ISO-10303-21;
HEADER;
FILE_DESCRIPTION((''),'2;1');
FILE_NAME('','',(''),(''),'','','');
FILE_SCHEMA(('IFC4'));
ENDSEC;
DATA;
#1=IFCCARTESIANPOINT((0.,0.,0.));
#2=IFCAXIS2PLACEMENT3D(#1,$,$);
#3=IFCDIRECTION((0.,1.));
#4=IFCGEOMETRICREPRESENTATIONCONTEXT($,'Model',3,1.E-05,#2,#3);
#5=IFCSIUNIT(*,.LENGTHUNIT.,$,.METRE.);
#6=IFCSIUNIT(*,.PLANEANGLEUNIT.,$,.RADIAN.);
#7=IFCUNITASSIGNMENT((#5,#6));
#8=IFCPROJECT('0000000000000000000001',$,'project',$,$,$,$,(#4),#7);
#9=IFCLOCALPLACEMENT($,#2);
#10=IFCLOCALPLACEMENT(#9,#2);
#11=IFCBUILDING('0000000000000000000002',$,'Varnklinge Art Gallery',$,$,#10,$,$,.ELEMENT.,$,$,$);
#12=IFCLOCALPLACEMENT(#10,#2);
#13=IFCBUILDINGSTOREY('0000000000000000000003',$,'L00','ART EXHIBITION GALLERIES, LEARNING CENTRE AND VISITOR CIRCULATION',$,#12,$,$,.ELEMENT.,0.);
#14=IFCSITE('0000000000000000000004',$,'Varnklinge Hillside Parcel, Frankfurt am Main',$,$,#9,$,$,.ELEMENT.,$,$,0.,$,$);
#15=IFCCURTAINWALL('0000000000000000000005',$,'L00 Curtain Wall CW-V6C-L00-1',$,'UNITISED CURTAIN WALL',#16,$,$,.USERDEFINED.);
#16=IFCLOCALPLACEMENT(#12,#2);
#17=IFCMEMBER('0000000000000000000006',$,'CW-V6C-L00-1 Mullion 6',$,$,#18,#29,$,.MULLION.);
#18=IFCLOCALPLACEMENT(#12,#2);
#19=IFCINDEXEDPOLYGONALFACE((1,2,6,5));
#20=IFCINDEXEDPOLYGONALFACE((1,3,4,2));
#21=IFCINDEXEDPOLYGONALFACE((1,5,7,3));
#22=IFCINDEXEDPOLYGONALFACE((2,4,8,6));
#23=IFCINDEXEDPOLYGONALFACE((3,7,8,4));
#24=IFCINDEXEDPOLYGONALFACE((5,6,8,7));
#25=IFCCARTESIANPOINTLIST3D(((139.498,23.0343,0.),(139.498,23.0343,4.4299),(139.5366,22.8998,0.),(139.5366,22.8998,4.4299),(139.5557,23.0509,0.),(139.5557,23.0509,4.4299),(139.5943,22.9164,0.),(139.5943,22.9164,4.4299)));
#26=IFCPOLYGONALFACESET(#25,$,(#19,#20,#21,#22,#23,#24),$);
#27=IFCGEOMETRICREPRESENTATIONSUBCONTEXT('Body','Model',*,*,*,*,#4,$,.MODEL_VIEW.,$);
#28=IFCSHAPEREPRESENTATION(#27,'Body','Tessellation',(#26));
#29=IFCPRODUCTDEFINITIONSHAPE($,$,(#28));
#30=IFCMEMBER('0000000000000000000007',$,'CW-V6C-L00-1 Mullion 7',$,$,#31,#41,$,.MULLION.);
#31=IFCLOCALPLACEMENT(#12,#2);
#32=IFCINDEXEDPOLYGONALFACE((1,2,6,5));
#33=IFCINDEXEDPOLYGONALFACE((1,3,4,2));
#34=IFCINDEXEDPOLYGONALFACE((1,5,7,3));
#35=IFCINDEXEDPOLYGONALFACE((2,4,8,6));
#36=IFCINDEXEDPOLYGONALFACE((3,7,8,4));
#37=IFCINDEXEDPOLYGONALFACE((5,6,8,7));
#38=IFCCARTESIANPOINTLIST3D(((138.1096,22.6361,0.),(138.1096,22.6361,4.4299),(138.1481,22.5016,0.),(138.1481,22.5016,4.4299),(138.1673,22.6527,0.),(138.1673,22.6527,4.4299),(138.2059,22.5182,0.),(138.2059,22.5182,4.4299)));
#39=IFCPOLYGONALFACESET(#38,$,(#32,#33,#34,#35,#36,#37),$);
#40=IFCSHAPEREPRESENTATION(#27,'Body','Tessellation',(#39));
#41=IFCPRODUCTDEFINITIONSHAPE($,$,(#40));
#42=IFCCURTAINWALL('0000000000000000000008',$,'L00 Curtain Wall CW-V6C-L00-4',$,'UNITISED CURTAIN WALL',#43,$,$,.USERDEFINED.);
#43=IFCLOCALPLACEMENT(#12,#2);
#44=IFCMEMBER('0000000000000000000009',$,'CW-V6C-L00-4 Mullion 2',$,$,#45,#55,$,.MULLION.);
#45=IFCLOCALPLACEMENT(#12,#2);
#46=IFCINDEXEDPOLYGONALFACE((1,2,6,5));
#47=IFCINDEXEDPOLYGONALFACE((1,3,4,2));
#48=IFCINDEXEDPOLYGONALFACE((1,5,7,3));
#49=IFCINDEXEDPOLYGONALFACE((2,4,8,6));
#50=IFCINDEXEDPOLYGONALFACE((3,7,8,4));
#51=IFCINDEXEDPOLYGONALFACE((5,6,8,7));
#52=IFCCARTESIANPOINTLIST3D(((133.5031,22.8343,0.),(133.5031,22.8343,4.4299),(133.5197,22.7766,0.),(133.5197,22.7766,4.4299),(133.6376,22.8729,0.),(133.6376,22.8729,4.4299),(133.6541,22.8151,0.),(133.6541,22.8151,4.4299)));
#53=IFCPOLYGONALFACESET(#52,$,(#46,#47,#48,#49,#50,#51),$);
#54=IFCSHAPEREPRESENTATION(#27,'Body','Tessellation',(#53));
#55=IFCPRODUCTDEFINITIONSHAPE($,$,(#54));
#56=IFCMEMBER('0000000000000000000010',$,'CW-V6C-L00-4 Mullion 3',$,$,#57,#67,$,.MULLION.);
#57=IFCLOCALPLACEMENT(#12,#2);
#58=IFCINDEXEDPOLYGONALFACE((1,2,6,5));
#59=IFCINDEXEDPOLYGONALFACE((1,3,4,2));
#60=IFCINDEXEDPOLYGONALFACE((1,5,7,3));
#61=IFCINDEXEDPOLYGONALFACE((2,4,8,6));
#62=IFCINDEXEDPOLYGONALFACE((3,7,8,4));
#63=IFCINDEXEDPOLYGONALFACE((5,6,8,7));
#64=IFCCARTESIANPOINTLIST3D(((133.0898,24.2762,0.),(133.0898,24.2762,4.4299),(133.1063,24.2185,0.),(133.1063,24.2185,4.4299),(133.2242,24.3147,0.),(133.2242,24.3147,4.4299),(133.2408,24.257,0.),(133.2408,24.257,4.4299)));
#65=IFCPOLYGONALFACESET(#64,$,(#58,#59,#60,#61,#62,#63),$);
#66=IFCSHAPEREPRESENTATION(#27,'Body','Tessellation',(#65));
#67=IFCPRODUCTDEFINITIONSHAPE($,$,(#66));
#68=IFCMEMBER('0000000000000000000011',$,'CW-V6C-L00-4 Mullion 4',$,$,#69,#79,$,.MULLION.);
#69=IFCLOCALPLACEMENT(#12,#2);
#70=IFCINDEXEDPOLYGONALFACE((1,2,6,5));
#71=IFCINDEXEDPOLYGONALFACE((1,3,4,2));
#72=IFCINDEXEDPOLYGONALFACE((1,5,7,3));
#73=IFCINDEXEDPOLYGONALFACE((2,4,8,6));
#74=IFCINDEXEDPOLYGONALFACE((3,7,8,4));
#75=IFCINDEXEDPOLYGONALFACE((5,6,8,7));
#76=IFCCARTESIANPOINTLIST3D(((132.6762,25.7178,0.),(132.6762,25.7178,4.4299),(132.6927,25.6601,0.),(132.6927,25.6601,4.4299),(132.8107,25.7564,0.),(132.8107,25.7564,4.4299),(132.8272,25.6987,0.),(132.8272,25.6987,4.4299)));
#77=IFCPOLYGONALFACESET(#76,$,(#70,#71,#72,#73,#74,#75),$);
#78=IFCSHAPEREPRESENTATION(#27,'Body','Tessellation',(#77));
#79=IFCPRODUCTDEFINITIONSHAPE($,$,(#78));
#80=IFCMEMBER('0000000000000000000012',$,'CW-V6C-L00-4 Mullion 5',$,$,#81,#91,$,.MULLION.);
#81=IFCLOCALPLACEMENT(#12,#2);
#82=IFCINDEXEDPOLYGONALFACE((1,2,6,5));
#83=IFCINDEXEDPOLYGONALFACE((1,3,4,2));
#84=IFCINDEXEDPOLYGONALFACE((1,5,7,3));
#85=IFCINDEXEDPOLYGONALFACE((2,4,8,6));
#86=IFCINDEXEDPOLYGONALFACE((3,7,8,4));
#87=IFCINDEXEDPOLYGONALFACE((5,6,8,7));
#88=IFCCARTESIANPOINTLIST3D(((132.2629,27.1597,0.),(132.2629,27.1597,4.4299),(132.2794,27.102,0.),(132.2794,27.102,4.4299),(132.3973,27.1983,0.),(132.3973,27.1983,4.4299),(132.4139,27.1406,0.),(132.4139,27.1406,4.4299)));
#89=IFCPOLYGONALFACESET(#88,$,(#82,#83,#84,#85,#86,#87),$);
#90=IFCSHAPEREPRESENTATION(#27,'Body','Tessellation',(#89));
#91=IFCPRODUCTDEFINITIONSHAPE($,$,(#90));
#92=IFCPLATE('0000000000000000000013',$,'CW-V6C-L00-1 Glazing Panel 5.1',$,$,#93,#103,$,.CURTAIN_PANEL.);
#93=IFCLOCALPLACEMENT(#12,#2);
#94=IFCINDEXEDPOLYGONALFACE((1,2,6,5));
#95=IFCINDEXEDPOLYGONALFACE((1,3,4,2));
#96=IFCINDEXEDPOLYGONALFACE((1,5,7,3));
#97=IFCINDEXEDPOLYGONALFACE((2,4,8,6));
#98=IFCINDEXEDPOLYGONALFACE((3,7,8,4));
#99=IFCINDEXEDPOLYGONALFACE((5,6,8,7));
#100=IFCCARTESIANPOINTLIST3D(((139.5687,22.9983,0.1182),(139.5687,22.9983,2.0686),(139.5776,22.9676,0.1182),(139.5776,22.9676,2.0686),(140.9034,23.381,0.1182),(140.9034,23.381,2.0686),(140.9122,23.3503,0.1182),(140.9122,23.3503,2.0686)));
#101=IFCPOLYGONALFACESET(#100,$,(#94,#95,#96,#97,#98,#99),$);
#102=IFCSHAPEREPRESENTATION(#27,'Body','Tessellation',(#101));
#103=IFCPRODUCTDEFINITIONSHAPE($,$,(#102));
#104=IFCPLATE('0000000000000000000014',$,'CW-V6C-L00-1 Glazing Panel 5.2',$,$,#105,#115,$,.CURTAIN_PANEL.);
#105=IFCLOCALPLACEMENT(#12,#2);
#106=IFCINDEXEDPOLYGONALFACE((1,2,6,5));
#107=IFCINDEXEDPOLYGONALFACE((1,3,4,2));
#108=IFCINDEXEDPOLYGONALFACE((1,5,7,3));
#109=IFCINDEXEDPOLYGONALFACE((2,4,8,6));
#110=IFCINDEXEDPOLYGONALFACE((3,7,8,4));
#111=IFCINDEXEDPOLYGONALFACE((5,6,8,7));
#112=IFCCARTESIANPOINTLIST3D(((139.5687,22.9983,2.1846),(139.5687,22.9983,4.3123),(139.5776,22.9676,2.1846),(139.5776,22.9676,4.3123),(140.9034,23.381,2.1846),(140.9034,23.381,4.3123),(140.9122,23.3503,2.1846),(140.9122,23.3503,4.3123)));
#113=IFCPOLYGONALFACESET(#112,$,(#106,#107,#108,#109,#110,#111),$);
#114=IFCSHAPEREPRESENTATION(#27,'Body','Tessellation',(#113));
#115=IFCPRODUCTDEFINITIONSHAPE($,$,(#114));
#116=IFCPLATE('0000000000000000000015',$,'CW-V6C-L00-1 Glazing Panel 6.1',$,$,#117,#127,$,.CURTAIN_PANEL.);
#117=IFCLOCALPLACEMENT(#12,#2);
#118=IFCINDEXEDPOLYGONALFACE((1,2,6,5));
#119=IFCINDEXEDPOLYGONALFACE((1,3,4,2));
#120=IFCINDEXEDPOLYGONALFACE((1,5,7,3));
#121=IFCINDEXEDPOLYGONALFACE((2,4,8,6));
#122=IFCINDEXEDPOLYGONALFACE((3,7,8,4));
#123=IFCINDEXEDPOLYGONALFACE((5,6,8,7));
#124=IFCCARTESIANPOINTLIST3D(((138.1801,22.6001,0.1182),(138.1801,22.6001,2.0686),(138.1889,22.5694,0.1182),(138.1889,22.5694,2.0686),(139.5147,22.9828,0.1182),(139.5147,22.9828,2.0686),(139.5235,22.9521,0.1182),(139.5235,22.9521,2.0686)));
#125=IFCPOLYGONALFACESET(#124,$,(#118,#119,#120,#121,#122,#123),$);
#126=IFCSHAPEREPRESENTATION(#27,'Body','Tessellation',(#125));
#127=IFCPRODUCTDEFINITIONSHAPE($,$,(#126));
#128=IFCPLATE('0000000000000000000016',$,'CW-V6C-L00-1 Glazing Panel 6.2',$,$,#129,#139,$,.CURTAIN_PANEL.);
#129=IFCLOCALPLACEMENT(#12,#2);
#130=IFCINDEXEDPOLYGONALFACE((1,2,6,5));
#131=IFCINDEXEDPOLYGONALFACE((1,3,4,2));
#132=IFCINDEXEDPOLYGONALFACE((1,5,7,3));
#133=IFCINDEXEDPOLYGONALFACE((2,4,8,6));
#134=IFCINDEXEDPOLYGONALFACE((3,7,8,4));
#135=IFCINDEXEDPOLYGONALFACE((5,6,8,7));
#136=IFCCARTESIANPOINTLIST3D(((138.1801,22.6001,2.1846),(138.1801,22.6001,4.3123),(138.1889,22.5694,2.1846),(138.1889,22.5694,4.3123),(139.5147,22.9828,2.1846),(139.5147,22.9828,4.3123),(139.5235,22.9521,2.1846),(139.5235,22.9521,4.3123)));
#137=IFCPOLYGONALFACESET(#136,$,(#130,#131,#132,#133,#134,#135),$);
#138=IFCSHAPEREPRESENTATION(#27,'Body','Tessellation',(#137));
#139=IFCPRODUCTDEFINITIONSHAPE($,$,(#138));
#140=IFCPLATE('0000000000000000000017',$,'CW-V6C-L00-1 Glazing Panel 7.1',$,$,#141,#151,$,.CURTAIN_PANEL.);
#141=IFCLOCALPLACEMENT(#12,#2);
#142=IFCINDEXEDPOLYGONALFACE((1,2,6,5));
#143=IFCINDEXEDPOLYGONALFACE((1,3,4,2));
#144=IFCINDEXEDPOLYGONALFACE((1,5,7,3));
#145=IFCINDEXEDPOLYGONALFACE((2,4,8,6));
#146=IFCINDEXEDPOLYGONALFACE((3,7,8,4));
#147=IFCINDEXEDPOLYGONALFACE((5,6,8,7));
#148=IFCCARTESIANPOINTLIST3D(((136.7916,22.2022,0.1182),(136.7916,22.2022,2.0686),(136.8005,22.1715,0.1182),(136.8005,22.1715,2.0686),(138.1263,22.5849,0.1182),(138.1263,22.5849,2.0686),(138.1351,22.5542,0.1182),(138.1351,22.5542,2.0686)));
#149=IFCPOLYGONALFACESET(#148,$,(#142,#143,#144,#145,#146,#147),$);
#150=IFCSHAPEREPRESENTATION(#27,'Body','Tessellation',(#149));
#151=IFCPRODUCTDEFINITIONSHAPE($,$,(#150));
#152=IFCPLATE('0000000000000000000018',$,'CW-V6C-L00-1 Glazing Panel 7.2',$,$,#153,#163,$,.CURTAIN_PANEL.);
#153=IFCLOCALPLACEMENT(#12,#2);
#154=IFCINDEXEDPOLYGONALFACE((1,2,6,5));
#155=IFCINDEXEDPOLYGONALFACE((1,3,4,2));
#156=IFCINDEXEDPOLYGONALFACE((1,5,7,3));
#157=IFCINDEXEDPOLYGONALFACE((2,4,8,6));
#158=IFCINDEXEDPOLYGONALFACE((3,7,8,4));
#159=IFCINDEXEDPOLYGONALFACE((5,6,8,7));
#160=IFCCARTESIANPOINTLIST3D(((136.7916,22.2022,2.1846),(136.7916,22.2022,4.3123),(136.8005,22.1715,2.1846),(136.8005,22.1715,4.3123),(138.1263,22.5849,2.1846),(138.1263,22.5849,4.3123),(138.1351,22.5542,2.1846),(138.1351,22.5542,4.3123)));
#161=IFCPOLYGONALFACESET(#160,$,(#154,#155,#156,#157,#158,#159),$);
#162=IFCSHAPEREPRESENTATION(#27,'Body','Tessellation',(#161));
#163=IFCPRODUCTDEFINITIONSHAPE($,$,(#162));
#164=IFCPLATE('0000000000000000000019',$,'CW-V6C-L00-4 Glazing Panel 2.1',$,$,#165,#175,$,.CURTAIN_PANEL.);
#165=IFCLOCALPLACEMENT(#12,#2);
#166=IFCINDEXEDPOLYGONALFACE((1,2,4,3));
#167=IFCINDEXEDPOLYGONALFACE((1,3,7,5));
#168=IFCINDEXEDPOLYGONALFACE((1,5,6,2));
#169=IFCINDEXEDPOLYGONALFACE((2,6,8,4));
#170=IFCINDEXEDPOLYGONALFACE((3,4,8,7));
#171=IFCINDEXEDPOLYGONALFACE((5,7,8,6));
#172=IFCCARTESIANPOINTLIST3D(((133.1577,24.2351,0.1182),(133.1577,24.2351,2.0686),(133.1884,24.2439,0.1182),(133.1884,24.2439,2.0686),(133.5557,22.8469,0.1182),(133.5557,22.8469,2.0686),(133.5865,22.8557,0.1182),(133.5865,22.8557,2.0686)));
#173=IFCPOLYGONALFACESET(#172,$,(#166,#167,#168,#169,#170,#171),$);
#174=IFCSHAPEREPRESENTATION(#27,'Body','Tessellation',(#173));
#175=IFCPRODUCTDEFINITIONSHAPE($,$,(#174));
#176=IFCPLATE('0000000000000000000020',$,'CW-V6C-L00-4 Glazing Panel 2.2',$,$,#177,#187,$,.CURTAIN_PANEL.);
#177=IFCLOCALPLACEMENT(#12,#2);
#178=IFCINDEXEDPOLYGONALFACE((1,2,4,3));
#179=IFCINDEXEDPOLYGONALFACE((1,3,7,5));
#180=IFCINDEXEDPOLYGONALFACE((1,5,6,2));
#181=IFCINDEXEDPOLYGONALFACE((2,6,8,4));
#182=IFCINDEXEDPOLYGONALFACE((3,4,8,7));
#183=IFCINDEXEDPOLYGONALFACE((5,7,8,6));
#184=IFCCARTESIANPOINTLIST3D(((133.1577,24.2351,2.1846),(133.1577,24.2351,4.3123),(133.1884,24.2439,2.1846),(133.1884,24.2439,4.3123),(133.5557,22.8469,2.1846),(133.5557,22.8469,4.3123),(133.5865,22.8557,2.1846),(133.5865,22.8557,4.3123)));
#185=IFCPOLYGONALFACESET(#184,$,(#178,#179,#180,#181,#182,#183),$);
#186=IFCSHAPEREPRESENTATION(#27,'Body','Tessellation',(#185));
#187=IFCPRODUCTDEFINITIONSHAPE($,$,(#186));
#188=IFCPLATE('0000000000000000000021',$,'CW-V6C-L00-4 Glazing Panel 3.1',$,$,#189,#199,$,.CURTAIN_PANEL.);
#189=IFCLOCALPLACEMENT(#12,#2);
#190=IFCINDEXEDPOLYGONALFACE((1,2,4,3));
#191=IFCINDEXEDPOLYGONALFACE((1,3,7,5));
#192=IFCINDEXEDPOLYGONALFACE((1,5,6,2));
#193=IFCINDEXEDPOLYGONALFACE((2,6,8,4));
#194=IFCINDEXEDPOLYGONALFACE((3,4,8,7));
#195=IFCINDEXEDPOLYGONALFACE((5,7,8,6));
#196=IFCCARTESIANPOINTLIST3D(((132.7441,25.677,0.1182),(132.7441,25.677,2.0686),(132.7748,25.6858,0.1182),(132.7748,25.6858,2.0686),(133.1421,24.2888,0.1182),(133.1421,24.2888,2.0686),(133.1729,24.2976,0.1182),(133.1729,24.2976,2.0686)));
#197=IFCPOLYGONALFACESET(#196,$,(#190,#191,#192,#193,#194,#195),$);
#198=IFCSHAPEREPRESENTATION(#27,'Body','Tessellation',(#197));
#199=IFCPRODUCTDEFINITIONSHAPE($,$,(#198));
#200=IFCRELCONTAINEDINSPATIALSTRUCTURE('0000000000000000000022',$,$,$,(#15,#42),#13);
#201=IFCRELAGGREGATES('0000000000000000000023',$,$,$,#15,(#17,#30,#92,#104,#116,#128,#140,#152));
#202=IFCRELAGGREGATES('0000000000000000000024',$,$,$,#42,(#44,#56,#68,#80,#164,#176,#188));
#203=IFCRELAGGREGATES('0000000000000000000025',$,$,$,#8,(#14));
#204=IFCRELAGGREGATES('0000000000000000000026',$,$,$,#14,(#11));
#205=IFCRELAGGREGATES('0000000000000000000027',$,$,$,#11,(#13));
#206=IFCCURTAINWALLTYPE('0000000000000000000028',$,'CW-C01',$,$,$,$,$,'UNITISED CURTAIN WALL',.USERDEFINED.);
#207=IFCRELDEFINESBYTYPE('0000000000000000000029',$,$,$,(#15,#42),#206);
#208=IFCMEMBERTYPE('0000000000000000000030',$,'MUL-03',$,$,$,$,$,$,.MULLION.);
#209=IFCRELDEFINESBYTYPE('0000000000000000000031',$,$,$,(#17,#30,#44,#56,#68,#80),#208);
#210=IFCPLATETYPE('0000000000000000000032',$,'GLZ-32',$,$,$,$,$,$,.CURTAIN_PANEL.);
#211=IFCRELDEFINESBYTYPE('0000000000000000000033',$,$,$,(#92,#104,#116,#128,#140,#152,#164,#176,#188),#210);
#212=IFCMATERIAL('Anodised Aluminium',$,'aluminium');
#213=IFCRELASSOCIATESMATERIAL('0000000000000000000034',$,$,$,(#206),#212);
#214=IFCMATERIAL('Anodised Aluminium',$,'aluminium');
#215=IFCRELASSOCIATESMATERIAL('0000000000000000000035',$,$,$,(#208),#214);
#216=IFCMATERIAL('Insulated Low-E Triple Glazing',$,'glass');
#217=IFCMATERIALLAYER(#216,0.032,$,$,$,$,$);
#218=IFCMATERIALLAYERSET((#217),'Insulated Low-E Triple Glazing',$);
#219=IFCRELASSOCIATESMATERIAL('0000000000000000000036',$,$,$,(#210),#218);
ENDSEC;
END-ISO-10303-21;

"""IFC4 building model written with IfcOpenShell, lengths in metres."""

from ifc_helpers import new_model, si_unit, direction, frame, origin, origin_2d, place, context, subcontext, project, spatial, rectangle, extrude, material, layer, layer_set, material_profile, profile_set, type_object, element, aggregate, save


model = new_model("IFC4")

# Units and contexts
model_context = context("Model", 3, precision=1e-05, world=origin(), true_north=direction((0.0, 1.0)))
body_context = subcontext(model_context, "Body", "Model", "MODEL_VIEW")
ifc_project = project(units=[si_unit("LENGTHUNIT", "METRE"), si_unit("PLANEANGLEUNIT", "RADIAN")], contexts=[model_context])

# Site, building, storey
site_placement = place(None, origin())
site = spatial("IfcSite", under=ifc_project, at=site_placement, Name="Varnklinge Hillside Parcel, Frankfurt am Main", CompositionType="ELEMENT", RefElevation=0.0)
building_placement = place(site_placement, origin())
building = spatial("IfcBuilding", under=site, at=building_placement, Name="Varnklinge Art Gallery", CompositionType="ELEMENT")
storey_placement = place(building_placement, origin())
storey = spatial("IfcBuildingStorey", under=building, at=storey_placement, Name="L00", Description="ART EXHIBITION GALLERIES, LEARNING CENTRE AND VISITOR CIRCULATION", CompositionType="ELEMENT", Elevation=0.0)

# Curtain walls, members
ifc_material_1 = material(Name="Anodised Aluminium", Category="aluminium")
curtain_wall_type = type_object("IfcCurtainWallType", Name="CW-C01", ElementType="UNITISED CURTAIN WALL", PredefinedType="USERDEFINED", material=ifc_material_1)
curtain_wall_1_placement = place(storey_placement, origin())
curtain_wall_1 = element("IfcCurtainWall", 1, at=curtain_wall_1_placement, inside=storey, type_object=curtain_wall_type, Name="L00 Curtain Wall CW-V6C-L00-1", ObjectType="UNITISED CURTAIN WALL", PredefinedType="USERDEFINED")
ifc_material_2 = material(Name="Anodised Aluminium", Category="aluminium")
ifc_material_profile = material_profile(ifc_material_2, rectangle(XDim=0.0601, YDim=0.1399, at=origin_2d()), Name="ALU 60x140")
ifc_profile_set = profile_set([ifc_material_profile], Name="Anodised Aluminium")
member_type = type_object("IfcMemberType", Name="MUL-03", PredefinedType="MULLION", material=ifc_profile_set)
member_1_placement = place(storey_placement, frame((139.5461, 22.9753, 0.0), z_axis=(0.0, 0.0, 1.0), x_axis=(-0.961262, -0.275637, 0.0)))
member_1 = element("IfcMember", 2, at=member_1_placement, type_object=member_type, Name="CW-V6C-L00-1 Mullion 6", PredefinedType="MULLION", context=body_context, shape_type="SweptSolid", body=[
    extrude(rectangle(XDim=0.0601, YDim=0.1399, at=origin_2d()), origin(), (0.0, 0.0, 1.0), 4.4299),
])
member_2_placement = place(storey_placement, frame((138.1577, 22.5771, 0.0), z_axis=(0.0, 0.0, 1.0), x_axis=(-0.961262, -0.275637, 0.0)))
member_2 = element("IfcMember", 3, at=member_2_placement, type_object=member_type, Name="CW-V6C-L00-1 Mullion 7", PredefinedType="MULLION", context=body_context, shape_type="SweptSolid", body=[
    extrude(rectangle(XDim=0.0601, YDim=0.1399, at=origin_2d()), origin(), (0.0, 0.0, 1.0), 4.4299),
])
curtain_wall_2_placement = place(storey_placement, origin())
curtain_wall_2 = element("IfcCurtainWall", 4, at=curtain_wall_2_placement, inside=storey, type_object=curtain_wall_type, Name="L00 Curtain Wall CW-V6C-L00-4", ObjectType="UNITISED CURTAIN WALL", PredefinedType="USERDEFINED")
member_3_placement = place(storey_placement, frame((133.5786, 22.8247, 0.0), z_axis=(0.0, 0.0, 1.0), x_axis=(-0.275637, 0.961262, 0.0)))
member_3 = element("IfcMember", 5, at=member_3_placement, type_object=member_type, Name="CW-V6C-L00-4 Mullion 2", PredefinedType="MULLION", context=body_context, shape_type="SweptSolid", body=[
    extrude(rectangle(XDim=0.0601, YDim=0.1399, at=origin_2d()), origin(), (0.0, 0.0, 1.0), 4.4299),
])
member_4_placement = place(storey_placement, frame((133.1653, 24.2666, 0.0), z_axis=(0.0, 0.0, 1.0), x_axis=(-0.275637, 0.961262, 0.0)))
member_4 = element("IfcMember", 6, at=member_4_placement, type_object=member_type, Name="CW-V6C-L00-4 Mullion 3", PredefinedType="MULLION", context=body_context, shape_type="SweptSolid", body=[
    extrude(rectangle(XDim=0.0601, YDim=0.1399, at=origin_2d()), origin(), (0.0, 0.0, 1.0), 4.4299),
])
member_5_placement = place(storey_placement, frame((132.7517, 25.7083, 0.0), z_axis=(0.0, 0.0, 1.0), x_axis=(-0.275637, 0.961262, 0.0)))
member_5 = element("IfcMember", 7, at=member_5_placement, type_object=member_type, Name="CW-V6C-L00-4 Mullion 4", PredefinedType="MULLION", context=body_context, shape_type="SweptSolid", body=[
    extrude(rectangle(XDim=0.0601, YDim=0.1399, at=origin_2d()), origin(), (0.0, 0.0, 1.0), 4.4299),
])
member_6_placement = place(storey_placement, frame((132.3384, 27.1501, 0.0), z_axis=(0.0, 0.0, 1.0), x_axis=(-0.275637, 0.961262, 0.0)))
member_6 = element("IfcMember", 8, at=member_6_placement, type_object=member_type, Name="CW-V6C-L00-4 Mullion 5", PredefinedType="MULLION", context=body_context, shape_type="SweptSolid", body=[
    extrude(rectangle(XDim=0.0601, YDim=0.1399, at=origin_2d()), origin(), (0.0, 0.0, 1.0), 4.4299),
])

# Plates
ifc_material_3 = material(Name="Insulated Low-E Triple Glazing", Category="glass")
ifc_layer_1 = layer(ifc_material_3, 0.032)
ifc_layer_set_1 = layer_set([ifc_layer_1], Name="Insulated Low-E Triple Glazing")
plate_type = type_object("IfcPlateType", Name="GLZ-32", PredefinedType="CURTAIN_PANEL", material=ifc_layer_set_1)
plate_1_placement = place(storey_placement, frame((140.2405, 23.1743, 0.1182), z_axis=(0.0, 0.0, 1.0), x_axis=(-0.961262, -0.275637, 0.0)))
plate_1 = element("IfcPlate", 9, at=plate_1_placement, type_object=plate_type, Name="CW-V6C-L00-1 Glazing Panel 5.1", PredefinedType="CURTAIN_PANEL", context=body_context, shape_type="SweptSolid", body=[
    extrude(rectangle(XDim=1.3884, YDim=0.032, at=origin_2d()), origin(), (0.0, 0.0, 1.0), 1.9504),
])
plate_2_placement = place(storey_placement, frame((140.2405, 23.1743, 2.1846), z_axis=(0.0, 0.0, 1.0), x_axis=(-0.961262, -0.275637, 0.0)))
plate_2 = element("IfcPlate", 10, at=plate_2_placement, type_object=plate_type, Name="CW-V6C-L00-1 Glazing Panel 5.2", PredefinedType="CURTAIN_PANEL", context=body_context, shape_type="SweptSolid", body=[
    extrude(rectangle(XDim=1.3884, YDim=0.032, at=origin_2d()), origin(), (0.0, 0.0, 1.0), 2.1277),
])
plate_3_placement = place(storey_placement, frame((138.8518, 22.7761, 0.1182), z_axis=(0.0, 0.0, 1.0), x_axis=(-0.961262, -0.275637, 0.0)))
plate_3 = element("IfcPlate", 11, at=plate_3_placement, type_object=plate_type, Name="CW-V6C-L00-1 Glazing Panel 6.1", PredefinedType="CURTAIN_PANEL", context=body_context, shape_type="SweptSolid", body=[
    extrude(rectangle(XDim=1.3884, YDim=0.032, at=origin_2d()), origin(), (0.0, 0.0, 1.0), 1.9504),
])
plate_4_placement = place(storey_placement, frame((138.8518, 22.7761, 2.1846), z_axis=(0.0, 0.0, 1.0), x_axis=(-0.961262, -0.275637, 0.0)))
plate_4 = element("IfcPlate", 12, at=plate_4_placement, type_object=plate_type, Name="CW-V6C-L00-1 Glazing Panel 6.2", PredefinedType="CURTAIN_PANEL", context=body_context, shape_type="SweptSolid", body=[
    extrude(rectangle(XDim=1.3884, YDim=0.032, at=origin_2d()), origin(), (0.0, 0.0, 1.0), 2.1277),
])
plate_5_placement = place(storey_placement, frame((137.4634, 22.3782, 0.1182), z_axis=(0.0, 0.0, 1.0), x_axis=(-0.961262, -0.275637, 0.0)))
plate_5 = element("IfcPlate", 13, at=plate_5_placement, type_object=plate_type, Name="CW-V6C-L00-1 Glazing Panel 7.1", PredefinedType="CURTAIN_PANEL", context=body_context, shape_type="SweptSolid", body=[
    extrude(rectangle(XDim=1.3884, YDim=0.032, at=origin_2d()), origin(), (0.0, 0.0, 1.0), 1.9504),
])
plate_6_placement = place(storey_placement, frame((137.4634, 22.3782, 2.1846), z_axis=(0.0, 0.0, 1.0), x_axis=(-0.961262, -0.275637, 0.0)))
plate_6 = element("IfcPlate", 14, at=plate_6_placement, type_object=plate_type, Name="CW-V6C-L00-1 Glazing Panel 7.2", PredefinedType="CURTAIN_PANEL", context=body_context, shape_type="SweptSolid", body=[
    extrude(rectangle(XDim=1.3884, YDim=0.032, at=origin_2d()), origin(), (0.0, 0.0, 1.0), 2.1277),
])
aggregate(curtain_wall_1, [member_1, member_2, plate_1, plate_2, plate_3, plate_4, plate_5, plate_6])
plate_7_placement = place(storey_placement, frame((133.3721, 23.5454, 0.1182), z_axis=(0.0, 0.0, 1.0), x_axis=(-0.275637, 0.961262, 0.0)))
plate_7 = element("IfcPlate", 15, at=plate_7_placement, type_object=plate_type, Name="CW-V6C-L00-4 Glazing Panel 2.1", PredefinedType="CURTAIN_PANEL", context=body_context, shape_type="SweptSolid", body=[
    extrude(rectangle(XDim=1.4441, YDim=0.032, at=origin_2d()), origin(), (0.0, 0.0, 1.0), 1.9504),
])
plate_8_placement = place(storey_placement, frame((133.3721, 23.5454, 2.1846), z_axis=(0.0, 0.0, 1.0), x_axis=(-0.275637, 0.961262, 0.0)))
plate_8 = element("IfcPlate", 16, at=plate_8_placement, type_object=plate_type, Name="CW-V6C-L00-4 Glazing Panel 2.2", PredefinedType="CURTAIN_PANEL", context=body_context, shape_type="SweptSolid", body=[
    extrude(rectangle(XDim=1.4441, YDim=0.032, at=origin_2d()), origin(), (0.0, 0.0, 1.0), 2.1277),
])
plate_9_placement = place(storey_placement, frame((132.9585, 24.9873, 0.1182), z_axis=(0.0, 0.0, 1.0), x_axis=(-0.275637, 0.961262, 0.0)))
plate_9 = element("IfcPlate", 17, at=plate_9_placement, type_object=plate_type, Name="CW-V6C-L00-4 Glazing Panel 3.1", PredefinedType="CURTAIN_PANEL", context=body_context, shape_type="SweptSolid", body=[
    extrude(rectangle(XDim=1.4441, YDim=0.032, at=origin_2d()), origin(), (0.0, 0.0, 1.0), 1.9504),
])
aggregate(curtain_wall_2, [member_3, member_4, member_5, member_6, plate_7, plate_8, plate_9])

save(model, "model.ifc")
